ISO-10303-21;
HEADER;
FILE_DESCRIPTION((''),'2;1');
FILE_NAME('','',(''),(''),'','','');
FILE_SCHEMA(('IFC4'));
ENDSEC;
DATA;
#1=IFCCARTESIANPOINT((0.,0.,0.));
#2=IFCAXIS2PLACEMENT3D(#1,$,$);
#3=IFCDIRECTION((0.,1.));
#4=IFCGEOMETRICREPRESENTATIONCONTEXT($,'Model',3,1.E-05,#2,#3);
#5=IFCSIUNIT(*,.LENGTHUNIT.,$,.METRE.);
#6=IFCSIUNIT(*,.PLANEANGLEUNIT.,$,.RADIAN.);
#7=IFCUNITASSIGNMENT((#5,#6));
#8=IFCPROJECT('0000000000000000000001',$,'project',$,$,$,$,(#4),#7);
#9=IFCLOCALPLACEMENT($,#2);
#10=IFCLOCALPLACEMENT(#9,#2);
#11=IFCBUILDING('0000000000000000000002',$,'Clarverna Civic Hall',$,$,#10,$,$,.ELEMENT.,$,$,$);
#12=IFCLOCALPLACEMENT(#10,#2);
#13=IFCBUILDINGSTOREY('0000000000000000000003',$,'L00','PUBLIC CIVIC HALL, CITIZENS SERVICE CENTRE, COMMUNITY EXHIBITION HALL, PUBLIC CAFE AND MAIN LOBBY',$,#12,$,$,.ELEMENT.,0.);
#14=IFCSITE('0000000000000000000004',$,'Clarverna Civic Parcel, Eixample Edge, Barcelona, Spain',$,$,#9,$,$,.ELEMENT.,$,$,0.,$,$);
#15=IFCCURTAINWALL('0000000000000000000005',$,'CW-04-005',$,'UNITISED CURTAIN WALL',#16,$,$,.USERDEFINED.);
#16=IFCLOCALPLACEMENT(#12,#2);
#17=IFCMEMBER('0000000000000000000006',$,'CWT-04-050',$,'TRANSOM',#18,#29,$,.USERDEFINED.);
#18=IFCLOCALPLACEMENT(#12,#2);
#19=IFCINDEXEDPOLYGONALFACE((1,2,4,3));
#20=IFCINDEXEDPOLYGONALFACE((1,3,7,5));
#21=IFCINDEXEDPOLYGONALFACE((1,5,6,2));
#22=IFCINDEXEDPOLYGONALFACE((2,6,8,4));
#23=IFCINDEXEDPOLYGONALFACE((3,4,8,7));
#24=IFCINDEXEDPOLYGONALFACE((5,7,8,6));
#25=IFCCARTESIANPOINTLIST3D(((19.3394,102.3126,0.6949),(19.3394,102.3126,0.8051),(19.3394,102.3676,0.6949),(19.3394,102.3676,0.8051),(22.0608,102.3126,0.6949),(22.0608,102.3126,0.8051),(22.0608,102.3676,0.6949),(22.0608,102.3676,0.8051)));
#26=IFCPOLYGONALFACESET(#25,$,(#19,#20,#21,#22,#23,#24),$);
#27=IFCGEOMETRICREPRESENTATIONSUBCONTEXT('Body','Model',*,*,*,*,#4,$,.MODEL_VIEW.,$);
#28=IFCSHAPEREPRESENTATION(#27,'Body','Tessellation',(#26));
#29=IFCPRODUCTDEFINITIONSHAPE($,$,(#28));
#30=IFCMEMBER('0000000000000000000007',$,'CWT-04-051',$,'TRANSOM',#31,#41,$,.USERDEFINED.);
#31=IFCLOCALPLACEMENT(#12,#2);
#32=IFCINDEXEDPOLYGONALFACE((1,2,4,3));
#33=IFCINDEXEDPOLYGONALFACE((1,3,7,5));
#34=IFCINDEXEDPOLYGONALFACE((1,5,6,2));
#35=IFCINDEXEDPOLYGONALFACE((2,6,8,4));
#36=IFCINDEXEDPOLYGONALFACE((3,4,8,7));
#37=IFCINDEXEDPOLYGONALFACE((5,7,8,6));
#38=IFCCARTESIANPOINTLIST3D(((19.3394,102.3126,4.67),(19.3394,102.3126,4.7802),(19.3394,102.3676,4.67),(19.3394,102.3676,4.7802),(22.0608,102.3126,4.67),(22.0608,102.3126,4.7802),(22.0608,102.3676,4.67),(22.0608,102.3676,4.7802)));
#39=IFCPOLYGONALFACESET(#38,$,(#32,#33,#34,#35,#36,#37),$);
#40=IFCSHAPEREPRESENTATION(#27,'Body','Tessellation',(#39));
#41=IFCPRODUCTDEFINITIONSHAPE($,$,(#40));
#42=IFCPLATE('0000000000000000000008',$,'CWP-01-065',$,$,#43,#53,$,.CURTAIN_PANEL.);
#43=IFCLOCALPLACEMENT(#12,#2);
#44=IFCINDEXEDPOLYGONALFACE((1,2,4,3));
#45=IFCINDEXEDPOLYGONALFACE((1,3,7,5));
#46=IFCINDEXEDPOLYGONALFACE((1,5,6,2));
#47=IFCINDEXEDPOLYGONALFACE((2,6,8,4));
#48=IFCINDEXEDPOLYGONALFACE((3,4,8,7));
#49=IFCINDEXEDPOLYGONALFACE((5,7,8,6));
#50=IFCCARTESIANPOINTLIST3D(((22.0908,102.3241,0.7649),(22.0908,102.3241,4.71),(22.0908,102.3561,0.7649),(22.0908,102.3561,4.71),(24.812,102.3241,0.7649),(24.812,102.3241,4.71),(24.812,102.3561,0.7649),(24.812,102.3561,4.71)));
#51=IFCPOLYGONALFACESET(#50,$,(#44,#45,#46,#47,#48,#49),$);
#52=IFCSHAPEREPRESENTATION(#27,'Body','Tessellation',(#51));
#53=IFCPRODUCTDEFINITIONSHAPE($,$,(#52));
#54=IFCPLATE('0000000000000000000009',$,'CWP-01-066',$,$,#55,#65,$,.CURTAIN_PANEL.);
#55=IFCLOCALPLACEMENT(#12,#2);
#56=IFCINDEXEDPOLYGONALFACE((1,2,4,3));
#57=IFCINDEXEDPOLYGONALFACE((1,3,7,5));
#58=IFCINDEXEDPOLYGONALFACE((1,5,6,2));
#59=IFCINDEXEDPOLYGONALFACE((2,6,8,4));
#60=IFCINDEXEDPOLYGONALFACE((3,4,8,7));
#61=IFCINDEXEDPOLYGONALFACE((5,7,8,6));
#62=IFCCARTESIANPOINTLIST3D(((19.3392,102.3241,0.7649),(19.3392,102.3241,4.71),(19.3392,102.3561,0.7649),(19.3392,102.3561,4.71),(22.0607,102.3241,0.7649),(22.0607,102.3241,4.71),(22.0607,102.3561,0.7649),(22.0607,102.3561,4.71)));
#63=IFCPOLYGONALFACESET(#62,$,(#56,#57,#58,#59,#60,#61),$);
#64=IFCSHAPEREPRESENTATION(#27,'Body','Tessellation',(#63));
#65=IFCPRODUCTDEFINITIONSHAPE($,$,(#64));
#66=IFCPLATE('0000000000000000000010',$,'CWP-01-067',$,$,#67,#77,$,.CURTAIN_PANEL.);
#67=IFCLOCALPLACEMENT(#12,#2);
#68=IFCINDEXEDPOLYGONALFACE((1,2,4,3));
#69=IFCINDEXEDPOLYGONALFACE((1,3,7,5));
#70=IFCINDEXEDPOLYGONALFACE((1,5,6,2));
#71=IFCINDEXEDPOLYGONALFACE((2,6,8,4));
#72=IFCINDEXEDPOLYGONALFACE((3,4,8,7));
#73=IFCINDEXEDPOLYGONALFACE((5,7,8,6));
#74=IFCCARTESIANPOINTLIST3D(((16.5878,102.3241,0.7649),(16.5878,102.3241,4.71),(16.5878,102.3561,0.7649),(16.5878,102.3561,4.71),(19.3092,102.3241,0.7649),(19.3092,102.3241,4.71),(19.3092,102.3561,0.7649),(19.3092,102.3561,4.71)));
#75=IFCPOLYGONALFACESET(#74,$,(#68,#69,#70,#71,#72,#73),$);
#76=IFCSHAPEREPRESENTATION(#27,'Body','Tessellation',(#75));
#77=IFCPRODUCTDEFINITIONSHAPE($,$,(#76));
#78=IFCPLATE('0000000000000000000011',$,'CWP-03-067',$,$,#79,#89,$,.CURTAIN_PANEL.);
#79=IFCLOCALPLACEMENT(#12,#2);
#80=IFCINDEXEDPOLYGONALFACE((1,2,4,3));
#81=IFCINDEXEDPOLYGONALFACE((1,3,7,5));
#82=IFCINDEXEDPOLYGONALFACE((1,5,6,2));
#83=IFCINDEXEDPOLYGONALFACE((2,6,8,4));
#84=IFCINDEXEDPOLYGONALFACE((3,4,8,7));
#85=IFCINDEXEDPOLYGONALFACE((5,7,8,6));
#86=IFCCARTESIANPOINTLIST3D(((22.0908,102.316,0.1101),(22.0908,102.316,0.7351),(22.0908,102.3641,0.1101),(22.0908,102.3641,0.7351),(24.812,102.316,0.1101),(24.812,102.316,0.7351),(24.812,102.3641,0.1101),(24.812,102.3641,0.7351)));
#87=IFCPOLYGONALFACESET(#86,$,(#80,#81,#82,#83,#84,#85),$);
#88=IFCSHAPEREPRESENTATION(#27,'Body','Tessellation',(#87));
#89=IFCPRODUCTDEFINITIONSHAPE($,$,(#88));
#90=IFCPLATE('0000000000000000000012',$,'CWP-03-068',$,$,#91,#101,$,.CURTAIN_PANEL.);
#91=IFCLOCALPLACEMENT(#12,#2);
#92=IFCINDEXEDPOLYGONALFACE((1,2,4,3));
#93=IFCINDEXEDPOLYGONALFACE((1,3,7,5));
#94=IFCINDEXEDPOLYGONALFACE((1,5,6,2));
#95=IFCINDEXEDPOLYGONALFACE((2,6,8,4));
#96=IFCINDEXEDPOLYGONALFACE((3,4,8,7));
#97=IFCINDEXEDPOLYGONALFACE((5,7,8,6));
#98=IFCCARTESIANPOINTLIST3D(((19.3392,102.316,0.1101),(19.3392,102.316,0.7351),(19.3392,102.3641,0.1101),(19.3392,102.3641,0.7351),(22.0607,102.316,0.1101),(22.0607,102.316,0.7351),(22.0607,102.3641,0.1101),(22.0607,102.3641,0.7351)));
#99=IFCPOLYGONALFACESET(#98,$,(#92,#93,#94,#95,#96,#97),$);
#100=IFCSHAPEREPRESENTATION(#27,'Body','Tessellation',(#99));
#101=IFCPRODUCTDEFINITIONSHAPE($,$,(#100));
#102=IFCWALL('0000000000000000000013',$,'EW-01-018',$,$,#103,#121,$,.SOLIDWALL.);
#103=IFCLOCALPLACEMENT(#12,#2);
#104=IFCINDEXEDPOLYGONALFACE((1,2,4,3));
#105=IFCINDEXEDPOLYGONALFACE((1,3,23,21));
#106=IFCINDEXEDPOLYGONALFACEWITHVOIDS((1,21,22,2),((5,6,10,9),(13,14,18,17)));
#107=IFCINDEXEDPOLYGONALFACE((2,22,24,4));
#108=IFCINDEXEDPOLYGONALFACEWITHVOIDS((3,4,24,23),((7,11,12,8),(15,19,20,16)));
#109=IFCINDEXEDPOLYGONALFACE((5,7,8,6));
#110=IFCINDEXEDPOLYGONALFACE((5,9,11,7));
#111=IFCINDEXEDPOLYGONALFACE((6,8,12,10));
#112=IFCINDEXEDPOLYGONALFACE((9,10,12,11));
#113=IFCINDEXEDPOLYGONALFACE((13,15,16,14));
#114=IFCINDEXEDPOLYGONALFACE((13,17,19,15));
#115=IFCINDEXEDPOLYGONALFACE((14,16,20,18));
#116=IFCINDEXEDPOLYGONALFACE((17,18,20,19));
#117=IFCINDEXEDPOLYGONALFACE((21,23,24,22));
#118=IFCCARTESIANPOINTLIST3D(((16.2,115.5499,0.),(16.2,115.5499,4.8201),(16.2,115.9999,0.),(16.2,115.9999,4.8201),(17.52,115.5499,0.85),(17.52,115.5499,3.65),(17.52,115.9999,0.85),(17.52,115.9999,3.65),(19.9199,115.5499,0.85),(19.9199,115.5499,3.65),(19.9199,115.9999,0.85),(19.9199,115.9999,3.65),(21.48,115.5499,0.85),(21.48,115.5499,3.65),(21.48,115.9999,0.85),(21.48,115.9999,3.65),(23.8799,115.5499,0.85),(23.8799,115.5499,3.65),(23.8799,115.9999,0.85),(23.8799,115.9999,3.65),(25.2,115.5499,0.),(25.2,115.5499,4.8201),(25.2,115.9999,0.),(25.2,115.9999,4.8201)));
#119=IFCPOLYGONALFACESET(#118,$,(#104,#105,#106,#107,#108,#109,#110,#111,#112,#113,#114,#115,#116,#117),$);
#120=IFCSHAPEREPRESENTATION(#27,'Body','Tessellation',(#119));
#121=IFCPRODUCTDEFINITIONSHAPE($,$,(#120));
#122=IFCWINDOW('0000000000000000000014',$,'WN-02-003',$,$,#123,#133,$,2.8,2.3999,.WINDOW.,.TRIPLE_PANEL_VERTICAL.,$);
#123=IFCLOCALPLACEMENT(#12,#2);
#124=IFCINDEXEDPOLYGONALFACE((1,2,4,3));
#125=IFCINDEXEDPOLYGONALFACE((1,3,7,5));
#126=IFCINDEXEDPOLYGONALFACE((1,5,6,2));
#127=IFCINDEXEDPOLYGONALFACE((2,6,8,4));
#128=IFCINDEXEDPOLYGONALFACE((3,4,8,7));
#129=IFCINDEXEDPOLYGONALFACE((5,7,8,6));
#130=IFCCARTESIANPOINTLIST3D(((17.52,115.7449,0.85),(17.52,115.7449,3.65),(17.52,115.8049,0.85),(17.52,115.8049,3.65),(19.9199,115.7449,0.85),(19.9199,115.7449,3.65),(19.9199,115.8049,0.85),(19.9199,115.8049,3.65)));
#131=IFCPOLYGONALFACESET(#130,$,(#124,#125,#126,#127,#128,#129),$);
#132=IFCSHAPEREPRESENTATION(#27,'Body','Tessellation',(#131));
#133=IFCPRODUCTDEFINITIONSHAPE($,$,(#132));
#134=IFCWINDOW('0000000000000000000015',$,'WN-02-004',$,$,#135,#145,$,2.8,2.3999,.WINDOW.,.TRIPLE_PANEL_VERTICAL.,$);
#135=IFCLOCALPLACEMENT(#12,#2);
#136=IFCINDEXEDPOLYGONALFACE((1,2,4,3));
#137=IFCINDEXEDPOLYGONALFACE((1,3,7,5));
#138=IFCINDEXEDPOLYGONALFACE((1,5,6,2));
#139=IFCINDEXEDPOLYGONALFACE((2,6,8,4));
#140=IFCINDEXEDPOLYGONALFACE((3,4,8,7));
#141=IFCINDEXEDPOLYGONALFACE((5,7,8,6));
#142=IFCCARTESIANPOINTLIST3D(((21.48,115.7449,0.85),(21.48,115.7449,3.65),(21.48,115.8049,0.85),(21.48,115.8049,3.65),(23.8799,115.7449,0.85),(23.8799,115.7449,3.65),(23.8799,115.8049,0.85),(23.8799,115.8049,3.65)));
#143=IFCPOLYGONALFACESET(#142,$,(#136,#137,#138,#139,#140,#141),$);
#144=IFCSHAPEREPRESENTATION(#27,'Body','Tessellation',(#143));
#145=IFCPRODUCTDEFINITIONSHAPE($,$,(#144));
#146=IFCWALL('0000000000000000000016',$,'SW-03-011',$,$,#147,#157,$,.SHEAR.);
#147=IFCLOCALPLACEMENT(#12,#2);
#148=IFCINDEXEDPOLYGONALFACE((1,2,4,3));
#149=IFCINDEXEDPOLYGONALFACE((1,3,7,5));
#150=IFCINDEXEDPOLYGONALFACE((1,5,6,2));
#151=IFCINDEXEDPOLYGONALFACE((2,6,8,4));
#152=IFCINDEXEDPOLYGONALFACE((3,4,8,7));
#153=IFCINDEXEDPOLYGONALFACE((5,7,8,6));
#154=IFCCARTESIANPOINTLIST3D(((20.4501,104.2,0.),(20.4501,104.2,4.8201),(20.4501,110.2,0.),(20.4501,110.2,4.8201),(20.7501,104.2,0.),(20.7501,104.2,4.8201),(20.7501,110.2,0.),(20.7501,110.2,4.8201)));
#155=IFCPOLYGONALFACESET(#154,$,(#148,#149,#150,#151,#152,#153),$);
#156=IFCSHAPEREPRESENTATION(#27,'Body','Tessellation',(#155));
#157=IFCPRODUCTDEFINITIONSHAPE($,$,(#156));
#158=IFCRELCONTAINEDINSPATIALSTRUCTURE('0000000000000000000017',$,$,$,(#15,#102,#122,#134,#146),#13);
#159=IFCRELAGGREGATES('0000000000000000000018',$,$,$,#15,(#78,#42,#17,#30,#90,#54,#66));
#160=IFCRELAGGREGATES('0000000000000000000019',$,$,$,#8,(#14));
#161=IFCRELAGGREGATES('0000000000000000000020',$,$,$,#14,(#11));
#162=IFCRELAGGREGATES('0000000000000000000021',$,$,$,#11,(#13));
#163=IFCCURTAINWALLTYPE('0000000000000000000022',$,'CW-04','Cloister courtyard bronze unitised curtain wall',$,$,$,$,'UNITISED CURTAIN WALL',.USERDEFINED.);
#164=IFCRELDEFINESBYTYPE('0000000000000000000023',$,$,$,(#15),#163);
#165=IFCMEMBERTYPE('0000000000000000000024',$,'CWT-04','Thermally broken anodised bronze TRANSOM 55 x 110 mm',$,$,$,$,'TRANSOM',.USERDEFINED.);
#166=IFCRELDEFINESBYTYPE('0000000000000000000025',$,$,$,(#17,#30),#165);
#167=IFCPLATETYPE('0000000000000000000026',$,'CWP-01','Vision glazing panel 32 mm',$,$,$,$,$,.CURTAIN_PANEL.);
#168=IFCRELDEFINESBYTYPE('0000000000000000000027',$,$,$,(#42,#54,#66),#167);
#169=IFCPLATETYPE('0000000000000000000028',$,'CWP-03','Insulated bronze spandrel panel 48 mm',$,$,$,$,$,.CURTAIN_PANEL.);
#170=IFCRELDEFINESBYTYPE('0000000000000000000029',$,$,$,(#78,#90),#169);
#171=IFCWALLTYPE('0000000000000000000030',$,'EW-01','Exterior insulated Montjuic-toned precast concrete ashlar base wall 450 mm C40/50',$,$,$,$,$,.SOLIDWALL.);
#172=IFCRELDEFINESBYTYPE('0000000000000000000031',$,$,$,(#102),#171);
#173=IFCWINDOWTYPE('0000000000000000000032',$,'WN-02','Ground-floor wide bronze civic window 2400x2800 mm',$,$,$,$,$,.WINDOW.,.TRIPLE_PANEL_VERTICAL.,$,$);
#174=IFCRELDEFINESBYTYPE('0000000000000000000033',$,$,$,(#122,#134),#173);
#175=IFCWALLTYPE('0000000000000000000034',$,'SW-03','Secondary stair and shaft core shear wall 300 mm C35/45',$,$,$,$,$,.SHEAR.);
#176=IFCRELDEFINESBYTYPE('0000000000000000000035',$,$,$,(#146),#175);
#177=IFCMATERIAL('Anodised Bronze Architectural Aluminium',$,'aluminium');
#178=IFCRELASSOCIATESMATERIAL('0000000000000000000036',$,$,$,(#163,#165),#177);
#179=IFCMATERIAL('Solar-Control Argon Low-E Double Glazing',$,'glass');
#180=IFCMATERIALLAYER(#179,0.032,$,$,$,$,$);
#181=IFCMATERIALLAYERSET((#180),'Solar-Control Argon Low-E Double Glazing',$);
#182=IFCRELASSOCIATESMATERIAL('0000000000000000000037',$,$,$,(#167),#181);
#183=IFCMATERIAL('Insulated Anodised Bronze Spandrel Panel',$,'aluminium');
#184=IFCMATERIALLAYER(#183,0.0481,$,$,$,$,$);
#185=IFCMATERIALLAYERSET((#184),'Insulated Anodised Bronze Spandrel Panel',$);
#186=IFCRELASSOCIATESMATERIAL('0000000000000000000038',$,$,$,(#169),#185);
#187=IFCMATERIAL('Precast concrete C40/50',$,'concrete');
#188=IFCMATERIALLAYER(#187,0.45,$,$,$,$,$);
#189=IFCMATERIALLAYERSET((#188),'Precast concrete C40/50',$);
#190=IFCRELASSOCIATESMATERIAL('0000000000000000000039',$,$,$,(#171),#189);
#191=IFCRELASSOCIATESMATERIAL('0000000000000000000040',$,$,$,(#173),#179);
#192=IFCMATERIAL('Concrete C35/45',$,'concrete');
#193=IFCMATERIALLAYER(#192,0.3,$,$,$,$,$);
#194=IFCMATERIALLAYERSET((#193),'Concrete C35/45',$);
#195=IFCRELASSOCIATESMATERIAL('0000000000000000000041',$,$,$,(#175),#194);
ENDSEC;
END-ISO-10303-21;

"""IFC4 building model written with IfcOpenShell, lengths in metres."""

from ifc_helpers import new_model, si_unit, direction, frame, frame_2d, origin, origin_2d, place, context, subcontext, project, spatial, rectangle, extrude, material, layer, layer_set, material_profile, profile_set, type_object, element, fill, aggregate, save


model = new_model("IFC4")

# Units and contexts
model_context = context("Model", 3, precision=1e-05, world=origin(), true_north=direction((0.0, 1.0)))
body_context = subcontext(model_context, "Body", "Model", "MODEL_VIEW")
ifc_project = project(units=[si_unit("LENGTHUNIT", "METRE"), si_unit("PLANEANGLEUNIT", "RADIAN")], contexts=[model_context])

# Site, building, storey
site_placement = place(None, origin())
site = spatial("IfcSite", under=ifc_project, at=site_placement, Name="Clarverna Civic Parcel, Eixample Edge, Barcelona, Spain", CompositionType="ELEMENT", RefElevation=0.0)
building_placement = place(site_placement, origin())
building = spatial("IfcBuilding", under=site, at=building_placement, Name="Clarverna Civic Hall", CompositionType="ELEMENT")
storey_placement = place(building_placement, origin())
storey = spatial("IfcBuildingStorey", under=building, at=storey_placement, Name="L00", Description="PUBLIC CIVIC HALL, CITIZENS SERVICE CENTRE, COMMUNITY EXHIBITION HALL, PUBLIC CAFE AND MAIN LOBBY", CompositionType="ELEMENT", Elevation=0.0)

# Shared definitions
ifc_material_1 = material(Name="Concrete C35/45", Category="concrete")

# Curtain wall, members, plates
ifc_material_2 = material(Name="Anodised Bronze Architectural Aluminium", Category="aluminium")
curtain_wall_type = type_object("IfcCurtainWallType", Name="CW-04", Description="Cloister courtyard bronze unitised curtain wall", ElementType="UNITISED CURTAIN WALL", PredefinedType="USERDEFINED", material=ifc_material_2)
curtain_wall_placement = place(storey_placement, origin())
curtain_wall = element("IfcCurtainWall", 1, at=curtain_wall_placement, inside=storey, type_object=curtain_wall_type, Name="CW-04-005", ObjectType="UNITISED CURTAIN WALL", PredefinedType="USERDEFINED")
ifc_material_profile_1 = material_profile(ifc_material_2, rectangle(XDim=0.0549, YDim=0.1101, at=origin_2d()), Name="BRONZE 55x110")
ifc_profile_set_1 = profile_set([ifc_material_profile_1], Name="Anodised Bronze Architectural Aluminium")
member_type_1 = type_object("IfcMemberType", Name="CWT-04", Description="Thermally broken anodised bronze TRANSOM 55 x 110 mm", ElementType="TRANSOM", PredefinedType="USERDEFINED", material=ifc_profile_set_1)
member_1_placement = place(storey_placement, frame((22.0608, 102.3401, 0.75), z_axis=(-1.0, 0.0, 0.0), x_axis=(0.0, -1.0, 0.0)))
member_1 = element("IfcMember", 2, at=member_1_placement, type_object=member_type_1, Name="CWT-04-050", ObjectType="TRANSOM", PredefinedType="USERDEFINED", context=body_context, shape_type="SweptSolid", body=[
    extrude(rectangle(XDim=0.0549, YDim=0.1101, at=origin_2d()), origin(), (0.0, 0.0, 1.0), 2.7214),
])
member_2_placement = place(storey_placement, frame((22.0608, 102.3401, 4.7251), z_axis=(-1.0, 0.0, 0.0), x_axis=(0.0, -1.0, 0.0)))
member_2 = element("IfcMember", 3, at=member_2_placement, type_object=member_type_1, Name="CWT-04-051", ObjectType="TRANSOM", PredefinedType="USERDEFINED", context=body_context, shape_type="SweptSolid", body=[
    extrude(rectangle(XDim=0.0549, YDim=0.1101, at=origin_2d()), origin(), (0.0, 0.0, 1.0), 2.7214),
])
ifc_material_3 = material(Name="Solar-Control Argon Low-E Double Glazing", Category="glass")
ifc_layer_1 = layer(ifc_material_3, 0.032)
ifc_layer_set_1 = layer_set([ifc_layer_1], Name="Solar-Control Argon Low-E Double Glazing")
plate_type_1 = type_object("IfcPlateType", Name="CWP-01", Description="Vision glazing panel 32 mm", PredefinedType="CURTAIN_PANEL", material=ifc_layer_set_1)
plate_1_placement = place(storey_placement, frame((24.812, 102.3401, 0.7649), z_axis=(0.0, 0.0, 1.0), x_axis=(-1.0, 0.0, 0.0)))
plate_1 = element("IfcPlate", 4, at=plate_1_placement, type_object=plate_type_1, Name="CWP-01-065", PredefinedType="CURTAIN_PANEL", context=body_context, shape_type="SweptSolid", body=[
    extrude(rectangle(XDim=2.7212, YDim=0.032, at=frame_2d((1.3606, 0.0))), origin(), (0.0, 0.0, 1.0), 3.9451),
])
plate_2_placement = place(storey_placement, frame((22.0608, 102.3401, 0.7649), z_axis=(0.0, 0.0, 1.0), x_axis=(-1.0, 0.0, 0.0)))
plate_2 = element("IfcPlate", 5, at=plate_2_placement, type_object=plate_type_1, Name="CWP-01-066", PredefinedType="CURTAIN_PANEL", context=body_context, shape_type="SweptSolid", body=[
    extrude(rectangle(XDim=2.7214, YDim=0.032, at=frame_2d((1.3608, 0.0))), origin(), (0.0, 0.0, 1.0), 3.9451),
])
plate_3_placement = place(storey_placement, frame((19.3093, 102.3401, 0.7649), z_axis=(0.0, 0.0, 1.0), x_axis=(-1.0, 0.0, 0.0)))
plate_3 = element("IfcPlate", 6, at=plate_3_placement, type_object=plate_type_1, Name="CWP-01-067", PredefinedType="CURTAIN_PANEL", context=body_context, shape_type="SweptSolid", body=[
    extrude(rectangle(XDim=2.7214, YDim=0.032, at=frame_2d((1.3608, 0.0))), origin(), (0.0, 0.0, 1.0), 3.9451),
])
ifc_material_4 = material(Name="Insulated Anodised Bronze Spandrel Panel", Category="aluminium")
ifc_layer_2 = layer(ifc_material_4, 0.0481)
ifc_layer_set_2 = layer_set([ifc_layer_2], Name="Insulated Anodised Bronze Spandrel Panel")
plate_type_2 = type_object("IfcPlateType", Name="CWP-03", Description="Insulated bronze spandrel panel 48 mm", PredefinedType="CURTAIN_PANEL", material=ifc_layer_set_2)
plate_4_placement = place(storey_placement, frame((24.812, 102.3401, 0.1101), z_axis=(0.0, 0.0, 1.0), x_axis=(-1.0, 0.0, 0.0)))
plate_4 = element("IfcPlate", 7, at=plate_4_placement, type_object=plate_type_2, Name="CWP-03-067", PredefinedType="CURTAIN_PANEL", context=body_context, shape_type="SweptSolid", body=[
    extrude(rectangle(XDim=2.7212, YDim=0.0481, at=frame_2d((1.3606, 0.0))), origin(), (0.0, 0.0, 1.0), 0.625),
])
plate_5_placement = place(storey_placement, frame((22.0608, 102.3401, 0.1101), z_axis=(0.0, 0.0, 1.0), x_axis=(-1.0, 0.0, 0.0)))
plate_5 = element("IfcPlate", 8, at=plate_5_placement, type_object=plate_type_2, Name="CWP-03-068", PredefinedType="CURTAIN_PANEL", context=body_context, shape_type="SweptSolid", body=[
    extrude(rectangle(XDim=2.7214, YDim=0.0481, at=frame_2d((1.3608, 0.0))), origin(), (0.0, 0.0, 1.0), 0.625),
])
aggregate(curtain_wall, [plate_4, plate_1, member_1, member_2, plate_5, plate_2, plate_3])

# Wall, openings, windows
ifc_material_5 = material(Name="Precast concrete C40/50", Category="concrete")
ifc_layer_3 = layer(ifc_material_5, 0.45)
ifc_layer_set_3 = layer_set([ifc_layer_3], Name="Precast concrete C40/50")
wall_type_1 = type_object("IfcWallType", Name="EW-01", Description="Exterior insulated Montjuic-toned precast concrete ashlar base wall 450 mm C40/50", PredefinedType="SOLIDWALL", material=ifc_layer_set_3)
wall_1_placement = place(storey_placement, frame((16.2, 115.7749, 0.0), z_axis=(0.0, 0.0, 1.0), x_axis=(1.0, 0.0, 0.0)))
wall_1 = element("IfcWall", 9, at=wall_1_placement, inside=storey, type_object=wall_type_1, Name="EW-01-018", PredefinedType="SOLIDWALL", context=body_context, shape_type="SweptSolid", body=[
    extrude(rectangle(XDim=9.0, YDim=0.45, at=frame_2d((4.5, 0.0))), origin(), (0.0, 0.0, 1.0), 4.8201),
])
opening_1_placement = place(wall_1_placement, frame((1.3201, 0.0, 0.8501)))
opening_1 = element("IfcOpeningElement", 10, at=opening_1_placement, cuts=wall_1, PredefinedType="OPENING", context=body_context, shape_type="SweptSolid", body=[
    extrude(rectangle(XDim=2.3999, YDim=2.8, at=frame_2d((1.2, 1.3999))), frame((0.0, 0.2349, 0.0), z_axis=(0.0, -1.0, 0.0), x_axis=(1.0, 0.0, 0.0)), (0.0, 0.0, 1.0), 0.47),
])
opening_2_placement = place(wall_1_placement, frame((5.28, 0.0, 0.8501)))
opening_2 = element("IfcOpeningElement", 11, at=opening_2_placement, cuts=wall_1, PredefinedType="OPENING", context=body_context, shape_type="SweptSolid", body=[
    extrude(rectangle(XDim=2.3999, YDim=2.8, at=frame_2d((1.2, 1.3999))), frame((0.0, 0.2349, 0.0), z_axis=(0.0, -1.0, 0.0), x_axis=(1.0, 0.0, 0.0)), (0.0, 0.0, 1.0), 0.47),
])
window_type = type_object("IfcWindowType", Name="WN-02", Description="Ground-floor wide bronze civic window 2400x2800 mm", PartitioningType="TRIPLE_PANEL_VERTICAL", PredefinedType="WINDOW", material=ifc_material_3)
window_1_placement = place(opening_1_placement, origin())
window_1 = element("IfcWindow", 12, at=window_1_placement, inside=storey, type_object=window_type, Name="WN-02-003", OverallHeight=2.8, OverallWidth=2.3999, PartitioningType="TRIPLE_PANEL_VERTICAL", PredefinedType="WINDOW", context=body_context, shape_type="SweptSolid", body=[
    extrude(rectangle(XDim=2.3999, YDim=2.8, at=frame_2d((1.2, 1.3999))), frame((0.0, 0.03, 0.0), z_axis=(0.0, -1.0, 0.0), x_axis=(1.0, 0.0, 0.0)), (0.0, 0.0, 1.0), 0.0601),
])
fill(opening_1, window_1)
window_2_placement = place(opening_2_placement, origin())
window_2 = element("IfcWindow", 13, at=window_2_placement, inside=storey, type_object=window_type, Name="WN-02-004", OverallHeight=2.8, OverallWidth=2.3999, PartitioningType="TRIPLE_PANEL_VERTICAL", PredefinedType="WINDOW", context=body_context, shape_type="SweptSolid", body=[
    extrude(rectangle(XDim=2.3999, YDim=2.8, at=frame_2d((1.2, 1.3999))), frame((0.0, 0.03, 0.0), z_axis=(0.0, -1.0, 0.0), x_axis=(1.0, 0.0, 0.0)), (0.0, 0.0, 1.0), 0.0601),
])
fill(opening_2, window_2)

# Wall
ifc_layer_4 = layer(ifc_material_1, 0.3)
ifc_layer_set_4 = layer_set([ifc_layer_4], Name="Concrete C35/45")
wall_type_2 = type_object("IfcWallType", Name="SW-03", Description="Secondary stair and shaft core shear wall 300 mm C35/45", PredefinedType="SHEAR", material=ifc_layer_set_4)
wall_2_placement = place(storey_placement, frame((20.6001, 104.2, 0.0), z_axis=(0.0, 0.0, 1.0), x_axis=(0.0, 1.0, 0.0)))
element("IfcWall", 14, at=wall_2_placement, inside=storey, type_object=wall_type_2, Name="SW-03-011", PredefinedType="SHEAR", context=body_context, shape_type="SweptSolid", body=[
    extrude(rectangle(XDim=6.0, YDim=0.3, at=frame_2d((3.0, 0.0))), origin(), (0.0, 0.0, 1.0), 4.8201),
])

save(model, "model.ifc")
